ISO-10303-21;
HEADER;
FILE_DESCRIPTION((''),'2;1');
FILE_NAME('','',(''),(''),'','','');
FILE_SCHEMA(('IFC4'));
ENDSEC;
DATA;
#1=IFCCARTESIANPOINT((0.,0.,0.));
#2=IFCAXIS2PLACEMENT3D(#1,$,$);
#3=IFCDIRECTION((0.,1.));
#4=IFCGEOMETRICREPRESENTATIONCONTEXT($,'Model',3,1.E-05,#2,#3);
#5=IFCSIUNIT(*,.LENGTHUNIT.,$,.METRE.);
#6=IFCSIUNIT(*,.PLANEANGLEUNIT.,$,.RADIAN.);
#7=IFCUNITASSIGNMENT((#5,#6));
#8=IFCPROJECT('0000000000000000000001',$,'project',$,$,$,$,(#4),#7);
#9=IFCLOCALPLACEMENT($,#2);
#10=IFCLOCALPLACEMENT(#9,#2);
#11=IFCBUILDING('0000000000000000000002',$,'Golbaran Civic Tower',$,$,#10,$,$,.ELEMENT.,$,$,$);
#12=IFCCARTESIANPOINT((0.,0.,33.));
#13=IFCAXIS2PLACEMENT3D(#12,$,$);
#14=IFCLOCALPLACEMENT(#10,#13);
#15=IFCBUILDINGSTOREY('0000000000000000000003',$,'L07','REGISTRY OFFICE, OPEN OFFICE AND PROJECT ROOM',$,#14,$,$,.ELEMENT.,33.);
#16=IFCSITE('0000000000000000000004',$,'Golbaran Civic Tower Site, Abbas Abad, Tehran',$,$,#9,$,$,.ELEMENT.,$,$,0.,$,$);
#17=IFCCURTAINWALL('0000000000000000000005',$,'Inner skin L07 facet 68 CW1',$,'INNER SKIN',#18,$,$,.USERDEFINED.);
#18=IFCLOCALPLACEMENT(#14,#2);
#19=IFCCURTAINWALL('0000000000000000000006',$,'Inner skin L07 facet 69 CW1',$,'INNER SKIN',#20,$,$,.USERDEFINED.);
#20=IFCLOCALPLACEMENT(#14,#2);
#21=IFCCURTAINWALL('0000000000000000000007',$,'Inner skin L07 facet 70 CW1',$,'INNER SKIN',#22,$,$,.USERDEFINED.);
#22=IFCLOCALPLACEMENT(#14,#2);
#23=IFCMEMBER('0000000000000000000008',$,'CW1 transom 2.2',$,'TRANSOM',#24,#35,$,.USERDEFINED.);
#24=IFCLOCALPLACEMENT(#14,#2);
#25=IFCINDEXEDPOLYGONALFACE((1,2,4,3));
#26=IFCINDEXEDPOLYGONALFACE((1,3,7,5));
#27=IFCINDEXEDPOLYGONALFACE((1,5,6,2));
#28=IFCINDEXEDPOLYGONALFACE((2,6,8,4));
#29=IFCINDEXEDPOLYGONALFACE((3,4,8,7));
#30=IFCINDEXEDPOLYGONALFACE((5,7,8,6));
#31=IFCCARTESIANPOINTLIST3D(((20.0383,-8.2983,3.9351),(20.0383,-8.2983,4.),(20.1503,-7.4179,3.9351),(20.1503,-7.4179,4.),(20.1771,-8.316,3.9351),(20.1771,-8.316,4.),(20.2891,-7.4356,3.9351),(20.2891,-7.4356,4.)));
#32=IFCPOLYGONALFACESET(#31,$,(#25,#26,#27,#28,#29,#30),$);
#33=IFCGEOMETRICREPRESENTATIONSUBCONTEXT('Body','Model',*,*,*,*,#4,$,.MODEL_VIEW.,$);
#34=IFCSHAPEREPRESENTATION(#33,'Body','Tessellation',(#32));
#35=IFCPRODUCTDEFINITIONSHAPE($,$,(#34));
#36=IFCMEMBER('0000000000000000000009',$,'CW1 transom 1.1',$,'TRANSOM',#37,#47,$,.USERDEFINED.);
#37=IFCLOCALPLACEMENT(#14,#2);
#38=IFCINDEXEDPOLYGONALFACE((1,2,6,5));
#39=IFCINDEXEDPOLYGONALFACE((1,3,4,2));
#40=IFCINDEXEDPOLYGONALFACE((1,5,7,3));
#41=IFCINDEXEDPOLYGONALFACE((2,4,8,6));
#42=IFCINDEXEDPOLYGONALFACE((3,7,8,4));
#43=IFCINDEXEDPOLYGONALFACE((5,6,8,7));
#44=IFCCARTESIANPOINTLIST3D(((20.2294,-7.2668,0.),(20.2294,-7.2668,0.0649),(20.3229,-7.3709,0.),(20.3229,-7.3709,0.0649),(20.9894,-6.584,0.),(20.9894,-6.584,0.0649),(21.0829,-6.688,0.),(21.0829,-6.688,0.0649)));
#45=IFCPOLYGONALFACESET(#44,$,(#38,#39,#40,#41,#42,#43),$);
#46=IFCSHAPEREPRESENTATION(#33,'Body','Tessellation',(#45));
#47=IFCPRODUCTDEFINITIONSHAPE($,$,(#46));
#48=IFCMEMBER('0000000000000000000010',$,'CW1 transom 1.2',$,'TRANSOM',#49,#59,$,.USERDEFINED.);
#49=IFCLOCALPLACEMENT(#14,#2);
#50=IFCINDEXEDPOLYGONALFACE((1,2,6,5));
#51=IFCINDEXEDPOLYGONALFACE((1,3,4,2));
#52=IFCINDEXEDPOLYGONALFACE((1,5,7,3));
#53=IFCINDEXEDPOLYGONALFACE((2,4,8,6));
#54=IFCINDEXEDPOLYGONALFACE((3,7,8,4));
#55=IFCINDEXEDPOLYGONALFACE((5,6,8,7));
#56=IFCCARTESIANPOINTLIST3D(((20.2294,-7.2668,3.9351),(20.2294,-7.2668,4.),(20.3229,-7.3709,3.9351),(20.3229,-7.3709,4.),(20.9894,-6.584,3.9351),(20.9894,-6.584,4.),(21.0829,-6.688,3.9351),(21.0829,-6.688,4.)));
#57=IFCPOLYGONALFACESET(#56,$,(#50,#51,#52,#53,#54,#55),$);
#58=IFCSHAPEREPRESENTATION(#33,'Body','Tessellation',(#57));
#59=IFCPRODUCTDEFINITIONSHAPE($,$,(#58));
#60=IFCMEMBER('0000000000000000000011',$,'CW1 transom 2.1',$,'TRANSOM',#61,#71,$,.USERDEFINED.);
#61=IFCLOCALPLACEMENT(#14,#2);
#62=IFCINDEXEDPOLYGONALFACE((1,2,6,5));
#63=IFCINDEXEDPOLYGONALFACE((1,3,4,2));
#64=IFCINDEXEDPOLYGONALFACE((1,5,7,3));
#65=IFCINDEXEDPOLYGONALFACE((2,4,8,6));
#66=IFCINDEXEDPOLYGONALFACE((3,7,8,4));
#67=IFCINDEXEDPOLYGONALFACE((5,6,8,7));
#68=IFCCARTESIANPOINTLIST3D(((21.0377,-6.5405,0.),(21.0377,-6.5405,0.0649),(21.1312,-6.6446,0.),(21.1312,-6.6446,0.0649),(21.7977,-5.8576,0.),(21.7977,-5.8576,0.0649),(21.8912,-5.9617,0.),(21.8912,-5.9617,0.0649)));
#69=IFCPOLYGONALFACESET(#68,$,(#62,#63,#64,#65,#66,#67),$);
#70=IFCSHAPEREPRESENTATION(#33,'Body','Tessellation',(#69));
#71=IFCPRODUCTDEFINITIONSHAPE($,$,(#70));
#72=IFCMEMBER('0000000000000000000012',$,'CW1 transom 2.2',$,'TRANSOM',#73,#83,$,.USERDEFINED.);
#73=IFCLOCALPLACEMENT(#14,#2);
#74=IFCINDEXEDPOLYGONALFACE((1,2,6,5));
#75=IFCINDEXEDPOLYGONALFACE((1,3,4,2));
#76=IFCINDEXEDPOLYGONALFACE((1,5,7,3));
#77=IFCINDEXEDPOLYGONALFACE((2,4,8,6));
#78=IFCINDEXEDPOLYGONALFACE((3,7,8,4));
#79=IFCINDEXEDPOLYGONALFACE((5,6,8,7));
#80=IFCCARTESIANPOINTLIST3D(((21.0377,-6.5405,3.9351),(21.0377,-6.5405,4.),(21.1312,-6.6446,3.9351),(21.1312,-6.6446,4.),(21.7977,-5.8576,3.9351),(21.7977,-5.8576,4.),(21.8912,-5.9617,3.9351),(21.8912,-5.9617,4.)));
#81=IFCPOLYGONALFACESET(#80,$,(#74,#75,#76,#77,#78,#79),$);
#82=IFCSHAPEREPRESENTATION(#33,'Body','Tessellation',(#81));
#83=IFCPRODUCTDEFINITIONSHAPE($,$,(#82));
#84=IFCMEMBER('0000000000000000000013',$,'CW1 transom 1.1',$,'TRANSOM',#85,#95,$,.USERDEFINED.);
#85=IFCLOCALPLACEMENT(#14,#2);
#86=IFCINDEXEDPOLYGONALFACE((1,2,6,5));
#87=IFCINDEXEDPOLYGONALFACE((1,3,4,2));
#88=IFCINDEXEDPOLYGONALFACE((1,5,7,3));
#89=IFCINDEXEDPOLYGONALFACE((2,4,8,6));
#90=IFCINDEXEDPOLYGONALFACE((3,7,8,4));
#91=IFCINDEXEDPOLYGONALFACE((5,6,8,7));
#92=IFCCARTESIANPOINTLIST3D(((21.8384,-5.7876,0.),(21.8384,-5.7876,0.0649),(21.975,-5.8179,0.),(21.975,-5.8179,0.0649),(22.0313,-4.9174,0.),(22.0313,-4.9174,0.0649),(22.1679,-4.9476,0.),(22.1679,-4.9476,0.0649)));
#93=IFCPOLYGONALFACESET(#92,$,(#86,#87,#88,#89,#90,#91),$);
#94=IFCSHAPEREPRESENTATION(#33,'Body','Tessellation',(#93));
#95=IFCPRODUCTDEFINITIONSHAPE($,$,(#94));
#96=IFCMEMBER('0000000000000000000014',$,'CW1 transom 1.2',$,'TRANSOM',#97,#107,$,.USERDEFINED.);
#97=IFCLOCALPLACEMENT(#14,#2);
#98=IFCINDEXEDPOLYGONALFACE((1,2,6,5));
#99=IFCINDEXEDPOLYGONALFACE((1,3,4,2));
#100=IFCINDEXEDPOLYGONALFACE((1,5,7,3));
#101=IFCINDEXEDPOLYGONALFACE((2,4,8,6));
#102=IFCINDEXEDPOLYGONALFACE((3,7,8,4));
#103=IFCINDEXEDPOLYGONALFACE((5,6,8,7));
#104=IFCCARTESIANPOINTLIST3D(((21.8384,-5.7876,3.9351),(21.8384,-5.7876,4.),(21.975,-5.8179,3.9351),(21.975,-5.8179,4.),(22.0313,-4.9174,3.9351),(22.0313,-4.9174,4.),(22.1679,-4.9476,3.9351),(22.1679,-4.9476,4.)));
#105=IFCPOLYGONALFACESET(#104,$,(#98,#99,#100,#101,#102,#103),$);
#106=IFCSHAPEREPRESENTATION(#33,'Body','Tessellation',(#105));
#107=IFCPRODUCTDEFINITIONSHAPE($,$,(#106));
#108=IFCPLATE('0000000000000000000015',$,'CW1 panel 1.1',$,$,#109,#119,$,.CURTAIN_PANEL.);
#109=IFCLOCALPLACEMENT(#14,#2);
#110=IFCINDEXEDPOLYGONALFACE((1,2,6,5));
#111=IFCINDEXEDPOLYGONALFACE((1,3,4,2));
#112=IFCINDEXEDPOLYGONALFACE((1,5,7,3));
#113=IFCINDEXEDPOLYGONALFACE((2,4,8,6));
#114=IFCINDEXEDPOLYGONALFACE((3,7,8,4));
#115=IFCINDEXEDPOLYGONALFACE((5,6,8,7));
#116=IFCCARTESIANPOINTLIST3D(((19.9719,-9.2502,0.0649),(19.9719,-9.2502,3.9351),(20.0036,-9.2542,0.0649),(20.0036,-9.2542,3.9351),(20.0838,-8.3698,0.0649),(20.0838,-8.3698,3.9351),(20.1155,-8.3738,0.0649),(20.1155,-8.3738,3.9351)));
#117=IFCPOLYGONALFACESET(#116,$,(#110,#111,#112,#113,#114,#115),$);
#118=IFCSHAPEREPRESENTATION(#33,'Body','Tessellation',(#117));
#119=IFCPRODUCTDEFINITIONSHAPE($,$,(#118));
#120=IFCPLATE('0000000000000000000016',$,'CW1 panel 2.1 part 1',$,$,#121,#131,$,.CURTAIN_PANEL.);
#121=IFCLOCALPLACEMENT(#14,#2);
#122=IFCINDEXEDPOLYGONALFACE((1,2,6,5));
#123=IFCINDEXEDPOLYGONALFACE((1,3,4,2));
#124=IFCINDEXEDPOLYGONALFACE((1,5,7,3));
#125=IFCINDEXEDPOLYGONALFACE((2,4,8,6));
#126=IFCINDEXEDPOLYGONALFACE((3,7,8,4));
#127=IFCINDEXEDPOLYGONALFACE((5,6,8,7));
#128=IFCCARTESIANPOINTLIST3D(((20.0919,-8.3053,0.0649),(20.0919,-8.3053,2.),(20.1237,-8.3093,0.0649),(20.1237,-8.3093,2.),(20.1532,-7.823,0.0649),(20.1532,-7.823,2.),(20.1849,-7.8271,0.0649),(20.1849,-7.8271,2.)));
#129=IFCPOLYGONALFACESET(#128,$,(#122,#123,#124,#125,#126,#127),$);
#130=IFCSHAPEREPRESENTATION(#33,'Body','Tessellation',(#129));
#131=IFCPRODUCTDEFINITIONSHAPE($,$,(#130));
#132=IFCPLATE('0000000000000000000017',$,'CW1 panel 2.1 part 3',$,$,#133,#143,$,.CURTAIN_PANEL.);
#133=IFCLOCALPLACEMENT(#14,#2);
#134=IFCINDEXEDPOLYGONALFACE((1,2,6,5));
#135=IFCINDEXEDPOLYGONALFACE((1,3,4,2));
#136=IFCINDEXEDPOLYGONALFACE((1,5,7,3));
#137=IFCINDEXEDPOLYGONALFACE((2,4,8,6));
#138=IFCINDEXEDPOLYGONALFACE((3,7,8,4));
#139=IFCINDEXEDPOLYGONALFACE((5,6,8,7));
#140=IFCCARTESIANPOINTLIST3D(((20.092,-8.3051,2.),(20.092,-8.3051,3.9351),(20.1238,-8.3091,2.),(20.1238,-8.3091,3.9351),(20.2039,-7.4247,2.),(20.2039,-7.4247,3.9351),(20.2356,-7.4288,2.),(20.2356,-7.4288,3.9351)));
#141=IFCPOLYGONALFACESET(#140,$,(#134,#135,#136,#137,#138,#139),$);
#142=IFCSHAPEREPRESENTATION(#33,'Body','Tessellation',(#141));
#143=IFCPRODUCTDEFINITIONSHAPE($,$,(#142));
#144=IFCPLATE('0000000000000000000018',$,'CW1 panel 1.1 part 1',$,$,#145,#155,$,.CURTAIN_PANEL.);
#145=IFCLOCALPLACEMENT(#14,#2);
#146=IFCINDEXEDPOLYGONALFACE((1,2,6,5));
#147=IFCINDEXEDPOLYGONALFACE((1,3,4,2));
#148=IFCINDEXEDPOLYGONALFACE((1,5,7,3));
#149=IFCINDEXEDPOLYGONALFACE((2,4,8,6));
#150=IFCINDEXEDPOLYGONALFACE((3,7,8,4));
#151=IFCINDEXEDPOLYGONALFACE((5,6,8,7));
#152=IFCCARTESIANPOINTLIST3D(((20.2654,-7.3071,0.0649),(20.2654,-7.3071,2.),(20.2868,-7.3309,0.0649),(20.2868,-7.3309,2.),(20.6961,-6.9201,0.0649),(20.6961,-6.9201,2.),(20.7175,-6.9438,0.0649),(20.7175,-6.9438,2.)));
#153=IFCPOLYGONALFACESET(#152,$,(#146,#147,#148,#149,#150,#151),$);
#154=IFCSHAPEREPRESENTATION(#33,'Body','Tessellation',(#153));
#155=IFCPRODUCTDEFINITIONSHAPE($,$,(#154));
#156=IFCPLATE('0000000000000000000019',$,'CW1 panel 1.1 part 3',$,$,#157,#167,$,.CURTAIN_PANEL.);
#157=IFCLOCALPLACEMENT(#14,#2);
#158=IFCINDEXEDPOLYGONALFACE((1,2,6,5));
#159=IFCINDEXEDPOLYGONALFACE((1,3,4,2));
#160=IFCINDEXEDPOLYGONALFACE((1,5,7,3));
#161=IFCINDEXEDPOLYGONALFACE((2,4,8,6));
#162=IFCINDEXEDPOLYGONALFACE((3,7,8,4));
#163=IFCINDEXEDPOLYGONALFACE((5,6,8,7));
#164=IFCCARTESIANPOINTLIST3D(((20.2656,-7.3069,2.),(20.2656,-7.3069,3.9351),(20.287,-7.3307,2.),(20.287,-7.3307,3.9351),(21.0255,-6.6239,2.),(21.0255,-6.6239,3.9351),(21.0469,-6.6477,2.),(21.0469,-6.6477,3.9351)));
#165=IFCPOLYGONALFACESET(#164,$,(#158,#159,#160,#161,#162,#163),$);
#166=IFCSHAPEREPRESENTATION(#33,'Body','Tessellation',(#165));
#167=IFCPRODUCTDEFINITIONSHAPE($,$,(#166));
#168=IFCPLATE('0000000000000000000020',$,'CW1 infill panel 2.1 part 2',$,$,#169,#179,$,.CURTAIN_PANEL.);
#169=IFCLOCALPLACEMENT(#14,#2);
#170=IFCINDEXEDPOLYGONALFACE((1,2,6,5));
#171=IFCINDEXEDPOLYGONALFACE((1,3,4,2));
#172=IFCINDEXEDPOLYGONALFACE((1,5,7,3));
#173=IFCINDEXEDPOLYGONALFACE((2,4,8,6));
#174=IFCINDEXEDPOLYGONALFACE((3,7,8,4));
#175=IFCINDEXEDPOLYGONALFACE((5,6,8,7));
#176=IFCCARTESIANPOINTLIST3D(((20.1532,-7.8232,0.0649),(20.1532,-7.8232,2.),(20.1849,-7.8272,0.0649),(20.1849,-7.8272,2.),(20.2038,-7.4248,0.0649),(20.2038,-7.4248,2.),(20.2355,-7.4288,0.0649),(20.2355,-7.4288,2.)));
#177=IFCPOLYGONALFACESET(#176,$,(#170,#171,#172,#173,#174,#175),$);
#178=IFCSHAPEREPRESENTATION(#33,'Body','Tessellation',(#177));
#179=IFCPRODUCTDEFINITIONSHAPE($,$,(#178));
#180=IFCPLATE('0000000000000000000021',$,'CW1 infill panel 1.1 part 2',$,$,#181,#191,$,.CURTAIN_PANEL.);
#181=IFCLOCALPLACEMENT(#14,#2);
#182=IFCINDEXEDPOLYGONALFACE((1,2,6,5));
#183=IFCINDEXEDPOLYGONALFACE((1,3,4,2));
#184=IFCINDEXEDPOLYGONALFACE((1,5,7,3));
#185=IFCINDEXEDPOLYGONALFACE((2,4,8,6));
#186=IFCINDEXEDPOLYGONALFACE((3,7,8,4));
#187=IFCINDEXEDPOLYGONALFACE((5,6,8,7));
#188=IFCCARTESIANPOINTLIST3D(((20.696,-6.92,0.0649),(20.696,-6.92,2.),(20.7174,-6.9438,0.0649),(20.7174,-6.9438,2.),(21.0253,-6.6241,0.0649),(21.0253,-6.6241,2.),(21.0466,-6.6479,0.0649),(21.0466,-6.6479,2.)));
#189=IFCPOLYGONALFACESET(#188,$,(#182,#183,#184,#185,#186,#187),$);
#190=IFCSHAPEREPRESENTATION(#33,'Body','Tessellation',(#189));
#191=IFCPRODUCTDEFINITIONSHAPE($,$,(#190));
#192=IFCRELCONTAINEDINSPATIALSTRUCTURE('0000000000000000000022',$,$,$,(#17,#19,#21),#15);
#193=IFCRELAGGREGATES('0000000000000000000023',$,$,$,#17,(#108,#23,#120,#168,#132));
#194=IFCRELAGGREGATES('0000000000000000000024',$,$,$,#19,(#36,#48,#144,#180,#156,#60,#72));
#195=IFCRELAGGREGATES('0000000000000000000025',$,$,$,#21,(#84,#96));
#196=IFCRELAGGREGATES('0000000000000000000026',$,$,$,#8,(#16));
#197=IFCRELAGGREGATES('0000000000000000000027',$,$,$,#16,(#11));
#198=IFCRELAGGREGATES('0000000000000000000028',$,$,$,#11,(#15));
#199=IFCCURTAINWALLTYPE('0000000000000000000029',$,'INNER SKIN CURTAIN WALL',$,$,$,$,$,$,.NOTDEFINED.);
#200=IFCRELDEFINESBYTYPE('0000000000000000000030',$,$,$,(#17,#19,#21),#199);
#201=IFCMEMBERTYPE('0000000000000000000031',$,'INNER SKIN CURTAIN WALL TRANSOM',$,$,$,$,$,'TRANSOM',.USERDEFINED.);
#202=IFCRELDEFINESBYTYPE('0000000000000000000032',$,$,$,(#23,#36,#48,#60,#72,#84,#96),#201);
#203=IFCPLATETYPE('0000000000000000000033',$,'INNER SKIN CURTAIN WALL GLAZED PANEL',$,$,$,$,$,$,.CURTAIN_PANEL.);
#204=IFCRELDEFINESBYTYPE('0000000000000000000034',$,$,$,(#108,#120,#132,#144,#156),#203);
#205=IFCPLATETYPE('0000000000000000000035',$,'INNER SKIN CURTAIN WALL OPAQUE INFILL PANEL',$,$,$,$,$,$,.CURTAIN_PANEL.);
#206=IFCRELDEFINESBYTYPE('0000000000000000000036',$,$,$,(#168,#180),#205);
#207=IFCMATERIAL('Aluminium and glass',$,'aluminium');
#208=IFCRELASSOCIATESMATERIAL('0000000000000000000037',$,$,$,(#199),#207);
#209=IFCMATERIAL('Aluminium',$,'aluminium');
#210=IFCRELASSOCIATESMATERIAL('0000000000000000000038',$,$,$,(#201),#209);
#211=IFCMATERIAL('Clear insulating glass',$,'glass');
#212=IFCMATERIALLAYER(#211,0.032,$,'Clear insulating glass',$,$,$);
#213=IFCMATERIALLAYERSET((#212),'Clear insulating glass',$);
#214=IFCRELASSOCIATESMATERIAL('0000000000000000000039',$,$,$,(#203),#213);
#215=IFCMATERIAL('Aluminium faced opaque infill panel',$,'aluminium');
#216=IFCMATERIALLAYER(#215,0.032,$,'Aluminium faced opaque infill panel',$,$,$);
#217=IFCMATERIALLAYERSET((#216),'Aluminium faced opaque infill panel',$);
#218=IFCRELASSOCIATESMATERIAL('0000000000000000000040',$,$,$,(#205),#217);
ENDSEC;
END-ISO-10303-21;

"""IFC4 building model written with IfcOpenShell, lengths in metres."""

from ifc_helpers import new_model, si_unit, direction, frame, origin, origin_2d, place, context, subcontext, project, spatial, rectangle, extrude, material, layer, layer_set, material_profile, profile_set, type_object, element, aggregate, save


model = new_model("IFC4")

# Units and contexts
model_context = context("Model", 3, precision=1e-05, world=origin(), true_north=direction((0.0, 1.0)))
body_context = subcontext(model_context, "Body", "Model", "MODEL_VIEW")
ifc_project = project(units=[si_unit("LENGTHUNIT", "METRE"), si_unit("PLANEANGLEUNIT", "RADIAN")], contexts=[model_context])

# Site, building, storey
site_placement = place(None, origin())
site = spatial("IfcSite", under=ifc_project, at=site_placement, Name="Golbaran Civic Tower Site, Abbas Abad, Tehran", CompositionType="ELEMENT", RefElevation=0.0)
building_placement = place(site_placement, origin())
building = spatial("IfcBuilding", under=site, at=building_placement, Name="Golbaran Civic Tower", CompositionType="ELEMENT")
storey_placement = place(building_placement, frame((0.0, 0.0, 33.0)))
storey = spatial("IfcBuildingStorey", under=building, at=storey_placement, Name="L07", Description="REGISTRY OFFICE, OPEN OFFICE AND PROJECT ROOM", CompositionType="ELEMENT", Elevation=33.0)

# Shared definitions
ifc_material_1 = material(Name="Aluminium and glass", Category="aluminium")
curtain_wall_type = type_object("IfcCurtainWallType", Name="INNER SKIN CURTAIN WALL", PredefinedType="NOTDEFINED", material=ifc_material_1)
ifc_material_2 = material(Name="Aluminium", Category="aluminium")

# Curtain walls
curtain_wall_1_placement = place(storey_placement, origin())
curtain_wall_1 = element("IfcCurtainWall", 1, at=curtain_wall_1_placement, inside=storey, type_object=curtain_wall_type, Name="Inner skin L07 facet 68 CW1", ObjectType="INNER SKIN", PredefinedType="USERDEFINED")
curtain_wall_2_placement = place(storey_placement, origin())
curtain_wall_2 = element("IfcCurtainWall", 2, at=curtain_wall_2_placement, inside=storey, type_object=curtain_wall_type, Name="Inner skin L07 facet 69 CW1", ObjectType="INNER SKIN", PredefinedType="USERDEFINED")

# Curtain wall
curtain_wall_3_placement = place(storey_placement, origin())
curtain_wall_3 = element("IfcCurtainWall", 3, at=curtain_wall_3_placement, inside=storey, type_object=curtain_wall_type, Name="Inner skin L07 facet 70 CW1", ObjectType="INNER SKIN", PredefinedType="USERDEFINED")

# Members
ifc_material_profile_1 = material_profile(ifc_material_2, rectangle(XDim=0.1399, YDim=0.0649, at=origin_2d()), Name="INNER SKIN CURTAIN WALL TRANSOM")
ifc_profile_set_1 = profile_set([ifc_material_profile_1], Name="Aluminium")
member_type_1 = type_object("IfcMemberType", Name="INNER SKIN CURTAIN WALL TRANSOM", ElementType="TRANSOM", PredefinedType="USERDEFINED", material=ifc_profile_set_1)
member_1_placement = place(storey_placement, frame((20.1077, -8.3071, 3.9675), z_axis=(0.126269, 0.991996, 0.0), x_axis=(-0.991996, 0.126269, 0.0)))
member_1 = element("IfcMember", 4, at=member_1_placement, type_object=member_type_1, Name="CW1 transom 2.2", ObjectType="TRANSOM", PredefinedType="USERDEFINED", context=body_context, shape_type="SweptSolid", body=[
    extrude(rectangle(XDim=0.1399, YDim=0.0649, at=origin_2d()), origin(), (0.0, 0.0, 1.0), 0.8875),
])
member_2_placement = place(storey_placement, frame((20.2761, -7.3188, 0.0325), z_axis=(0.743852, 0.668344, 0.0), x_axis=(-0.668344, 0.743852, 0.0)))
member_2 = element("IfcMember", 5, at=member_2_placement, type_object=member_type_1, Name="CW1 transom 1.1", ObjectType="TRANSOM", PredefinedType="USERDEFINED", context=body_context, shape_type="SweptSolid", body=[
    extrude(rectangle(XDim=0.1399, YDim=0.0649, at=origin_2d()), origin(), (0.0, 0.0, 1.0), 1.0217),
])
member_3_placement = place(storey_placement, frame((20.2761, -7.3188, 3.9675), z_axis=(0.743852, 0.668344, 0.0), x_axis=(-0.668344, 0.743852, 0.0)))
member_3 = element("IfcMember", 6, at=member_3_placement, type_object=member_type_1, Name="CW1 transom 1.2", ObjectType="TRANSOM", PredefinedType="USERDEFINED", context=body_context, shape_type="SweptSolid", body=[
    extrude(rectangle(XDim=0.1399, YDim=0.0649, at=origin_2d()), origin(), (0.0, 0.0, 1.0), 1.0217),
])
member_4_placement = place(storey_placement, frame((21.0845, -6.5925, 0.0325), z_axis=(0.743852, 0.668344, 0.0), x_axis=(-0.668344, 0.743852, 0.0)))
member_4 = element("IfcMember", 7, at=member_4_placement, type_object=member_type_1, Name="CW1 transom 2.1", ObjectType="TRANSOM", PredefinedType="USERDEFINED", context=body_context, shape_type="SweptSolid", body=[
    extrude(rectangle(XDim=0.1399, YDim=0.0649, at=origin_2d()), origin(), (0.0, 0.0, 1.0), 1.0217),
])
member_5_placement = place(storey_placement, frame((21.0845, -6.5925, 3.9675), z_axis=(0.743852, 0.668344, 0.0), x_axis=(-0.668344, 0.743852, 0.0)))
member_5 = element("IfcMember", 8, at=member_5_placement, type_object=member_type_1, Name="CW1 transom 2.2", ObjectType="TRANSOM", PredefinedType="USERDEFINED", context=body_context, shape_type="SweptSolid", body=[
    extrude(rectangle(XDim=0.1399, YDim=0.0649, at=origin_2d()), origin(), (0.0, 0.0, 1.0), 1.0217),
])
member_6_placement = place(storey_placement, frame((21.9067, -5.8027, 0.0325), z_axis=(0.216408, 0.976303, 0.0), x_axis=(-0.976303, 0.216408, 0.0)))
member_6 = element("IfcMember", 9, at=member_6_placement, type_object=member_type_1, Name="CW1 transom 1.1", ObjectType="TRANSOM", PredefinedType="USERDEFINED", context=body_context, shape_type="SweptSolid", body=[
    extrude(rectangle(XDim=0.1399, YDim=0.0649, at=origin_2d()), origin(), (0.0, 0.0, 1.0), 0.8914),
])
member_7_placement = place(storey_placement, frame((21.9067, -5.8027, 3.9675), z_axis=(0.216408, 0.976303, 0.0), x_axis=(-0.976303, 0.216408, 0.0)))
member_7 = element("IfcMember", 10, at=member_7_placement, type_object=member_type_1, Name="CW1 transom 1.2", ObjectType="TRANSOM", PredefinedType="USERDEFINED", context=body_context, shape_type="SweptSolid", body=[
    extrude(rectangle(XDim=0.1399, YDim=0.0649, at=origin_2d()), origin(), (0.0, 0.0, 1.0), 0.8914),
])

# Plates
ifc_material_3 = material(Name="Clear insulating glass", Category="glass")
ifc_layer_1 = layer(ifc_material_3, 0.032, Name="Clear insulating glass")
ifc_layer_set_1 = layer_set([ifc_layer_1], Name="Clear insulating glass")
plate_type_1 = type_object("IfcPlateType", Name="INNER SKIN CURTAIN WALL GLAZED PANEL", PredefinedType="CURTAIN_PANEL", material=ifc_layer_set_1)
plate_1_placement = place(storey_placement, frame((20.0437, -8.812, 0.0649), z_axis=(0.0, 0.0, 1.0), x_axis=(0.126024, 0.992027, 0.0)))
plate_1 = element("IfcPlate", 11, at=plate_1_placement, type_object=plate_type_1, Name="CW1 panel 1.1", PredefinedType="CURTAIN_PANEL", context=body_context, shape_type="SweptSolid", body=[
    extrude(rectangle(XDim=0.8875, YDim=0.032, at=origin_2d()), origin(), (0.0, 0.0, 1.0), 3.8701),
])
plate_2_placement = place(storey_placement, frame((20.1384, -8.0662, 0.0649), z_axis=(0.0, 0.0, 1.0), x_axis=(0.126024, 0.992027, 0.0)))
plate_2 = element("IfcPlate", 12, at=plate_2_placement, type_object=plate_type_1, Name="CW1 panel 2.1 part 1", PredefinedType="CURTAIN_PANEL", context=body_context, shape_type="SweptSolid", body=[
    extrude(rectangle(XDim=0.4861, YDim=0.032, at=origin_2d()), origin(), (0.0, 0.0, 1.0), 1.9351),
])
plate_3_placement = place(storey_placement, frame((20.1638, -7.8669, 2.0), z_axis=(0.0, 0.0, 1.0), x_axis=(0.126024, 0.992027, 0.0)))
plate_3 = element("IfcPlate", 13, at=plate_3_placement, type_object=plate_type_1, Name="CW1 panel 2.1 part 3", PredefinedType="CURTAIN_PANEL", context=body_context, shape_type="SweptSolid", body=[
    extrude(rectangle(XDim=0.8875, YDim=0.032, at=origin_2d()), origin(), (0.0, 0.0, 1.0), 1.9351),
])
plate_4_placement = place(storey_placement, frame((20.4915, -7.1255, 0.0649), z_axis=(0.0, 0.0, 1.0), x_axis=(0.743784, 0.66842, 0.0)))
plate_4 = element("IfcPlate", 14, at=plate_4_placement, type_object=plate_type_1, Name="CW1 panel 1.1 part 1", PredefinedType="CURTAIN_PANEL", context=body_context, shape_type="SweptSolid", body=[
    extrude(rectangle(XDim=0.5791, YDim=0.032, at=origin_2d()), origin(), (0.0, 0.0, 1.0), 1.9351),
])
plate_5_placement = place(storey_placement, frame((20.6562, -6.9773, 2.0), z_axis=(0.0, 0.0, 1.0), x_axis=(0.743784, 0.66842, 0.0)))
plate_5 = element("IfcPlate", 15, at=plate_5_placement, type_object=plate_type_1, Name="CW1 panel 1.1 part 3", PredefinedType="CURTAIN_PANEL", context=body_context, shape_type="SweptSolid", body=[
    extrude(rectangle(XDim=1.0217, YDim=0.032, at=origin_2d()), origin(), (0.0, 0.0, 1.0), 1.9351),
])
ifc_material_4 = material(Name="Aluminium faced opaque infill panel", Category="aluminium")
ifc_layer_2 = layer(ifc_material_4, 0.032, Name="Aluminium faced opaque infill panel")
ifc_layer_set_2 = layer_set([ifc_layer_2], Name="Aluminium faced opaque infill panel")
plate_type_2 = type_object("IfcPlateType", Name="INNER SKIN CURTAIN WALL OPAQUE INFILL PANEL", PredefinedType="CURTAIN_PANEL", material=ifc_layer_set_2)
plate_6_placement = place(storey_placement, frame((20.1943, -7.626, 0.0649), z_axis=(0.0, 0.0, 1.0), x_axis=(0.126024, 0.992027, 0.0)))
plate_6 = element("IfcPlate", 16, at=plate_6_placement, type_object=plate_type_2, Name="CW1 infill panel 2.1 part 2", PredefinedType="CURTAIN_PANEL", context=body_context, shape_type="SweptSolid", body=[
    extrude(rectangle(XDim=0.4016, YDim=0.032, at=origin_2d()), origin(), (0.0, 0.0, 1.0), 1.9351),
])
aggregate(curtain_wall_1, [plate_1, member_1, plate_2, plate_6, plate_3])
plate_7_placement = place(storey_placement, frame((20.8713, -6.7839, 0.0649), z_axis=(0.0, 0.0, 1.0), x_axis=(0.743784, 0.66842, 0.0)))
plate_7 = element("IfcPlate", 17, at=plate_7_placement, type_object=plate_type_2, Name="CW1 infill panel 1.1 part 2", PredefinedType="CURTAIN_PANEL", context=body_context, shape_type="SweptSolid", body=[
    extrude(rectangle(XDim=0.4426, YDim=0.032, at=origin_2d()), origin(), (0.0, 0.0, 1.0), 1.9351),
])
aggregate(curtain_wall_2, [member_2, member_3, plate_4, plate_7, plate_5, member_4, member_5])
aggregate(curtain_wall_3, [member_6, member_7])

save(model, "model.ifc")
